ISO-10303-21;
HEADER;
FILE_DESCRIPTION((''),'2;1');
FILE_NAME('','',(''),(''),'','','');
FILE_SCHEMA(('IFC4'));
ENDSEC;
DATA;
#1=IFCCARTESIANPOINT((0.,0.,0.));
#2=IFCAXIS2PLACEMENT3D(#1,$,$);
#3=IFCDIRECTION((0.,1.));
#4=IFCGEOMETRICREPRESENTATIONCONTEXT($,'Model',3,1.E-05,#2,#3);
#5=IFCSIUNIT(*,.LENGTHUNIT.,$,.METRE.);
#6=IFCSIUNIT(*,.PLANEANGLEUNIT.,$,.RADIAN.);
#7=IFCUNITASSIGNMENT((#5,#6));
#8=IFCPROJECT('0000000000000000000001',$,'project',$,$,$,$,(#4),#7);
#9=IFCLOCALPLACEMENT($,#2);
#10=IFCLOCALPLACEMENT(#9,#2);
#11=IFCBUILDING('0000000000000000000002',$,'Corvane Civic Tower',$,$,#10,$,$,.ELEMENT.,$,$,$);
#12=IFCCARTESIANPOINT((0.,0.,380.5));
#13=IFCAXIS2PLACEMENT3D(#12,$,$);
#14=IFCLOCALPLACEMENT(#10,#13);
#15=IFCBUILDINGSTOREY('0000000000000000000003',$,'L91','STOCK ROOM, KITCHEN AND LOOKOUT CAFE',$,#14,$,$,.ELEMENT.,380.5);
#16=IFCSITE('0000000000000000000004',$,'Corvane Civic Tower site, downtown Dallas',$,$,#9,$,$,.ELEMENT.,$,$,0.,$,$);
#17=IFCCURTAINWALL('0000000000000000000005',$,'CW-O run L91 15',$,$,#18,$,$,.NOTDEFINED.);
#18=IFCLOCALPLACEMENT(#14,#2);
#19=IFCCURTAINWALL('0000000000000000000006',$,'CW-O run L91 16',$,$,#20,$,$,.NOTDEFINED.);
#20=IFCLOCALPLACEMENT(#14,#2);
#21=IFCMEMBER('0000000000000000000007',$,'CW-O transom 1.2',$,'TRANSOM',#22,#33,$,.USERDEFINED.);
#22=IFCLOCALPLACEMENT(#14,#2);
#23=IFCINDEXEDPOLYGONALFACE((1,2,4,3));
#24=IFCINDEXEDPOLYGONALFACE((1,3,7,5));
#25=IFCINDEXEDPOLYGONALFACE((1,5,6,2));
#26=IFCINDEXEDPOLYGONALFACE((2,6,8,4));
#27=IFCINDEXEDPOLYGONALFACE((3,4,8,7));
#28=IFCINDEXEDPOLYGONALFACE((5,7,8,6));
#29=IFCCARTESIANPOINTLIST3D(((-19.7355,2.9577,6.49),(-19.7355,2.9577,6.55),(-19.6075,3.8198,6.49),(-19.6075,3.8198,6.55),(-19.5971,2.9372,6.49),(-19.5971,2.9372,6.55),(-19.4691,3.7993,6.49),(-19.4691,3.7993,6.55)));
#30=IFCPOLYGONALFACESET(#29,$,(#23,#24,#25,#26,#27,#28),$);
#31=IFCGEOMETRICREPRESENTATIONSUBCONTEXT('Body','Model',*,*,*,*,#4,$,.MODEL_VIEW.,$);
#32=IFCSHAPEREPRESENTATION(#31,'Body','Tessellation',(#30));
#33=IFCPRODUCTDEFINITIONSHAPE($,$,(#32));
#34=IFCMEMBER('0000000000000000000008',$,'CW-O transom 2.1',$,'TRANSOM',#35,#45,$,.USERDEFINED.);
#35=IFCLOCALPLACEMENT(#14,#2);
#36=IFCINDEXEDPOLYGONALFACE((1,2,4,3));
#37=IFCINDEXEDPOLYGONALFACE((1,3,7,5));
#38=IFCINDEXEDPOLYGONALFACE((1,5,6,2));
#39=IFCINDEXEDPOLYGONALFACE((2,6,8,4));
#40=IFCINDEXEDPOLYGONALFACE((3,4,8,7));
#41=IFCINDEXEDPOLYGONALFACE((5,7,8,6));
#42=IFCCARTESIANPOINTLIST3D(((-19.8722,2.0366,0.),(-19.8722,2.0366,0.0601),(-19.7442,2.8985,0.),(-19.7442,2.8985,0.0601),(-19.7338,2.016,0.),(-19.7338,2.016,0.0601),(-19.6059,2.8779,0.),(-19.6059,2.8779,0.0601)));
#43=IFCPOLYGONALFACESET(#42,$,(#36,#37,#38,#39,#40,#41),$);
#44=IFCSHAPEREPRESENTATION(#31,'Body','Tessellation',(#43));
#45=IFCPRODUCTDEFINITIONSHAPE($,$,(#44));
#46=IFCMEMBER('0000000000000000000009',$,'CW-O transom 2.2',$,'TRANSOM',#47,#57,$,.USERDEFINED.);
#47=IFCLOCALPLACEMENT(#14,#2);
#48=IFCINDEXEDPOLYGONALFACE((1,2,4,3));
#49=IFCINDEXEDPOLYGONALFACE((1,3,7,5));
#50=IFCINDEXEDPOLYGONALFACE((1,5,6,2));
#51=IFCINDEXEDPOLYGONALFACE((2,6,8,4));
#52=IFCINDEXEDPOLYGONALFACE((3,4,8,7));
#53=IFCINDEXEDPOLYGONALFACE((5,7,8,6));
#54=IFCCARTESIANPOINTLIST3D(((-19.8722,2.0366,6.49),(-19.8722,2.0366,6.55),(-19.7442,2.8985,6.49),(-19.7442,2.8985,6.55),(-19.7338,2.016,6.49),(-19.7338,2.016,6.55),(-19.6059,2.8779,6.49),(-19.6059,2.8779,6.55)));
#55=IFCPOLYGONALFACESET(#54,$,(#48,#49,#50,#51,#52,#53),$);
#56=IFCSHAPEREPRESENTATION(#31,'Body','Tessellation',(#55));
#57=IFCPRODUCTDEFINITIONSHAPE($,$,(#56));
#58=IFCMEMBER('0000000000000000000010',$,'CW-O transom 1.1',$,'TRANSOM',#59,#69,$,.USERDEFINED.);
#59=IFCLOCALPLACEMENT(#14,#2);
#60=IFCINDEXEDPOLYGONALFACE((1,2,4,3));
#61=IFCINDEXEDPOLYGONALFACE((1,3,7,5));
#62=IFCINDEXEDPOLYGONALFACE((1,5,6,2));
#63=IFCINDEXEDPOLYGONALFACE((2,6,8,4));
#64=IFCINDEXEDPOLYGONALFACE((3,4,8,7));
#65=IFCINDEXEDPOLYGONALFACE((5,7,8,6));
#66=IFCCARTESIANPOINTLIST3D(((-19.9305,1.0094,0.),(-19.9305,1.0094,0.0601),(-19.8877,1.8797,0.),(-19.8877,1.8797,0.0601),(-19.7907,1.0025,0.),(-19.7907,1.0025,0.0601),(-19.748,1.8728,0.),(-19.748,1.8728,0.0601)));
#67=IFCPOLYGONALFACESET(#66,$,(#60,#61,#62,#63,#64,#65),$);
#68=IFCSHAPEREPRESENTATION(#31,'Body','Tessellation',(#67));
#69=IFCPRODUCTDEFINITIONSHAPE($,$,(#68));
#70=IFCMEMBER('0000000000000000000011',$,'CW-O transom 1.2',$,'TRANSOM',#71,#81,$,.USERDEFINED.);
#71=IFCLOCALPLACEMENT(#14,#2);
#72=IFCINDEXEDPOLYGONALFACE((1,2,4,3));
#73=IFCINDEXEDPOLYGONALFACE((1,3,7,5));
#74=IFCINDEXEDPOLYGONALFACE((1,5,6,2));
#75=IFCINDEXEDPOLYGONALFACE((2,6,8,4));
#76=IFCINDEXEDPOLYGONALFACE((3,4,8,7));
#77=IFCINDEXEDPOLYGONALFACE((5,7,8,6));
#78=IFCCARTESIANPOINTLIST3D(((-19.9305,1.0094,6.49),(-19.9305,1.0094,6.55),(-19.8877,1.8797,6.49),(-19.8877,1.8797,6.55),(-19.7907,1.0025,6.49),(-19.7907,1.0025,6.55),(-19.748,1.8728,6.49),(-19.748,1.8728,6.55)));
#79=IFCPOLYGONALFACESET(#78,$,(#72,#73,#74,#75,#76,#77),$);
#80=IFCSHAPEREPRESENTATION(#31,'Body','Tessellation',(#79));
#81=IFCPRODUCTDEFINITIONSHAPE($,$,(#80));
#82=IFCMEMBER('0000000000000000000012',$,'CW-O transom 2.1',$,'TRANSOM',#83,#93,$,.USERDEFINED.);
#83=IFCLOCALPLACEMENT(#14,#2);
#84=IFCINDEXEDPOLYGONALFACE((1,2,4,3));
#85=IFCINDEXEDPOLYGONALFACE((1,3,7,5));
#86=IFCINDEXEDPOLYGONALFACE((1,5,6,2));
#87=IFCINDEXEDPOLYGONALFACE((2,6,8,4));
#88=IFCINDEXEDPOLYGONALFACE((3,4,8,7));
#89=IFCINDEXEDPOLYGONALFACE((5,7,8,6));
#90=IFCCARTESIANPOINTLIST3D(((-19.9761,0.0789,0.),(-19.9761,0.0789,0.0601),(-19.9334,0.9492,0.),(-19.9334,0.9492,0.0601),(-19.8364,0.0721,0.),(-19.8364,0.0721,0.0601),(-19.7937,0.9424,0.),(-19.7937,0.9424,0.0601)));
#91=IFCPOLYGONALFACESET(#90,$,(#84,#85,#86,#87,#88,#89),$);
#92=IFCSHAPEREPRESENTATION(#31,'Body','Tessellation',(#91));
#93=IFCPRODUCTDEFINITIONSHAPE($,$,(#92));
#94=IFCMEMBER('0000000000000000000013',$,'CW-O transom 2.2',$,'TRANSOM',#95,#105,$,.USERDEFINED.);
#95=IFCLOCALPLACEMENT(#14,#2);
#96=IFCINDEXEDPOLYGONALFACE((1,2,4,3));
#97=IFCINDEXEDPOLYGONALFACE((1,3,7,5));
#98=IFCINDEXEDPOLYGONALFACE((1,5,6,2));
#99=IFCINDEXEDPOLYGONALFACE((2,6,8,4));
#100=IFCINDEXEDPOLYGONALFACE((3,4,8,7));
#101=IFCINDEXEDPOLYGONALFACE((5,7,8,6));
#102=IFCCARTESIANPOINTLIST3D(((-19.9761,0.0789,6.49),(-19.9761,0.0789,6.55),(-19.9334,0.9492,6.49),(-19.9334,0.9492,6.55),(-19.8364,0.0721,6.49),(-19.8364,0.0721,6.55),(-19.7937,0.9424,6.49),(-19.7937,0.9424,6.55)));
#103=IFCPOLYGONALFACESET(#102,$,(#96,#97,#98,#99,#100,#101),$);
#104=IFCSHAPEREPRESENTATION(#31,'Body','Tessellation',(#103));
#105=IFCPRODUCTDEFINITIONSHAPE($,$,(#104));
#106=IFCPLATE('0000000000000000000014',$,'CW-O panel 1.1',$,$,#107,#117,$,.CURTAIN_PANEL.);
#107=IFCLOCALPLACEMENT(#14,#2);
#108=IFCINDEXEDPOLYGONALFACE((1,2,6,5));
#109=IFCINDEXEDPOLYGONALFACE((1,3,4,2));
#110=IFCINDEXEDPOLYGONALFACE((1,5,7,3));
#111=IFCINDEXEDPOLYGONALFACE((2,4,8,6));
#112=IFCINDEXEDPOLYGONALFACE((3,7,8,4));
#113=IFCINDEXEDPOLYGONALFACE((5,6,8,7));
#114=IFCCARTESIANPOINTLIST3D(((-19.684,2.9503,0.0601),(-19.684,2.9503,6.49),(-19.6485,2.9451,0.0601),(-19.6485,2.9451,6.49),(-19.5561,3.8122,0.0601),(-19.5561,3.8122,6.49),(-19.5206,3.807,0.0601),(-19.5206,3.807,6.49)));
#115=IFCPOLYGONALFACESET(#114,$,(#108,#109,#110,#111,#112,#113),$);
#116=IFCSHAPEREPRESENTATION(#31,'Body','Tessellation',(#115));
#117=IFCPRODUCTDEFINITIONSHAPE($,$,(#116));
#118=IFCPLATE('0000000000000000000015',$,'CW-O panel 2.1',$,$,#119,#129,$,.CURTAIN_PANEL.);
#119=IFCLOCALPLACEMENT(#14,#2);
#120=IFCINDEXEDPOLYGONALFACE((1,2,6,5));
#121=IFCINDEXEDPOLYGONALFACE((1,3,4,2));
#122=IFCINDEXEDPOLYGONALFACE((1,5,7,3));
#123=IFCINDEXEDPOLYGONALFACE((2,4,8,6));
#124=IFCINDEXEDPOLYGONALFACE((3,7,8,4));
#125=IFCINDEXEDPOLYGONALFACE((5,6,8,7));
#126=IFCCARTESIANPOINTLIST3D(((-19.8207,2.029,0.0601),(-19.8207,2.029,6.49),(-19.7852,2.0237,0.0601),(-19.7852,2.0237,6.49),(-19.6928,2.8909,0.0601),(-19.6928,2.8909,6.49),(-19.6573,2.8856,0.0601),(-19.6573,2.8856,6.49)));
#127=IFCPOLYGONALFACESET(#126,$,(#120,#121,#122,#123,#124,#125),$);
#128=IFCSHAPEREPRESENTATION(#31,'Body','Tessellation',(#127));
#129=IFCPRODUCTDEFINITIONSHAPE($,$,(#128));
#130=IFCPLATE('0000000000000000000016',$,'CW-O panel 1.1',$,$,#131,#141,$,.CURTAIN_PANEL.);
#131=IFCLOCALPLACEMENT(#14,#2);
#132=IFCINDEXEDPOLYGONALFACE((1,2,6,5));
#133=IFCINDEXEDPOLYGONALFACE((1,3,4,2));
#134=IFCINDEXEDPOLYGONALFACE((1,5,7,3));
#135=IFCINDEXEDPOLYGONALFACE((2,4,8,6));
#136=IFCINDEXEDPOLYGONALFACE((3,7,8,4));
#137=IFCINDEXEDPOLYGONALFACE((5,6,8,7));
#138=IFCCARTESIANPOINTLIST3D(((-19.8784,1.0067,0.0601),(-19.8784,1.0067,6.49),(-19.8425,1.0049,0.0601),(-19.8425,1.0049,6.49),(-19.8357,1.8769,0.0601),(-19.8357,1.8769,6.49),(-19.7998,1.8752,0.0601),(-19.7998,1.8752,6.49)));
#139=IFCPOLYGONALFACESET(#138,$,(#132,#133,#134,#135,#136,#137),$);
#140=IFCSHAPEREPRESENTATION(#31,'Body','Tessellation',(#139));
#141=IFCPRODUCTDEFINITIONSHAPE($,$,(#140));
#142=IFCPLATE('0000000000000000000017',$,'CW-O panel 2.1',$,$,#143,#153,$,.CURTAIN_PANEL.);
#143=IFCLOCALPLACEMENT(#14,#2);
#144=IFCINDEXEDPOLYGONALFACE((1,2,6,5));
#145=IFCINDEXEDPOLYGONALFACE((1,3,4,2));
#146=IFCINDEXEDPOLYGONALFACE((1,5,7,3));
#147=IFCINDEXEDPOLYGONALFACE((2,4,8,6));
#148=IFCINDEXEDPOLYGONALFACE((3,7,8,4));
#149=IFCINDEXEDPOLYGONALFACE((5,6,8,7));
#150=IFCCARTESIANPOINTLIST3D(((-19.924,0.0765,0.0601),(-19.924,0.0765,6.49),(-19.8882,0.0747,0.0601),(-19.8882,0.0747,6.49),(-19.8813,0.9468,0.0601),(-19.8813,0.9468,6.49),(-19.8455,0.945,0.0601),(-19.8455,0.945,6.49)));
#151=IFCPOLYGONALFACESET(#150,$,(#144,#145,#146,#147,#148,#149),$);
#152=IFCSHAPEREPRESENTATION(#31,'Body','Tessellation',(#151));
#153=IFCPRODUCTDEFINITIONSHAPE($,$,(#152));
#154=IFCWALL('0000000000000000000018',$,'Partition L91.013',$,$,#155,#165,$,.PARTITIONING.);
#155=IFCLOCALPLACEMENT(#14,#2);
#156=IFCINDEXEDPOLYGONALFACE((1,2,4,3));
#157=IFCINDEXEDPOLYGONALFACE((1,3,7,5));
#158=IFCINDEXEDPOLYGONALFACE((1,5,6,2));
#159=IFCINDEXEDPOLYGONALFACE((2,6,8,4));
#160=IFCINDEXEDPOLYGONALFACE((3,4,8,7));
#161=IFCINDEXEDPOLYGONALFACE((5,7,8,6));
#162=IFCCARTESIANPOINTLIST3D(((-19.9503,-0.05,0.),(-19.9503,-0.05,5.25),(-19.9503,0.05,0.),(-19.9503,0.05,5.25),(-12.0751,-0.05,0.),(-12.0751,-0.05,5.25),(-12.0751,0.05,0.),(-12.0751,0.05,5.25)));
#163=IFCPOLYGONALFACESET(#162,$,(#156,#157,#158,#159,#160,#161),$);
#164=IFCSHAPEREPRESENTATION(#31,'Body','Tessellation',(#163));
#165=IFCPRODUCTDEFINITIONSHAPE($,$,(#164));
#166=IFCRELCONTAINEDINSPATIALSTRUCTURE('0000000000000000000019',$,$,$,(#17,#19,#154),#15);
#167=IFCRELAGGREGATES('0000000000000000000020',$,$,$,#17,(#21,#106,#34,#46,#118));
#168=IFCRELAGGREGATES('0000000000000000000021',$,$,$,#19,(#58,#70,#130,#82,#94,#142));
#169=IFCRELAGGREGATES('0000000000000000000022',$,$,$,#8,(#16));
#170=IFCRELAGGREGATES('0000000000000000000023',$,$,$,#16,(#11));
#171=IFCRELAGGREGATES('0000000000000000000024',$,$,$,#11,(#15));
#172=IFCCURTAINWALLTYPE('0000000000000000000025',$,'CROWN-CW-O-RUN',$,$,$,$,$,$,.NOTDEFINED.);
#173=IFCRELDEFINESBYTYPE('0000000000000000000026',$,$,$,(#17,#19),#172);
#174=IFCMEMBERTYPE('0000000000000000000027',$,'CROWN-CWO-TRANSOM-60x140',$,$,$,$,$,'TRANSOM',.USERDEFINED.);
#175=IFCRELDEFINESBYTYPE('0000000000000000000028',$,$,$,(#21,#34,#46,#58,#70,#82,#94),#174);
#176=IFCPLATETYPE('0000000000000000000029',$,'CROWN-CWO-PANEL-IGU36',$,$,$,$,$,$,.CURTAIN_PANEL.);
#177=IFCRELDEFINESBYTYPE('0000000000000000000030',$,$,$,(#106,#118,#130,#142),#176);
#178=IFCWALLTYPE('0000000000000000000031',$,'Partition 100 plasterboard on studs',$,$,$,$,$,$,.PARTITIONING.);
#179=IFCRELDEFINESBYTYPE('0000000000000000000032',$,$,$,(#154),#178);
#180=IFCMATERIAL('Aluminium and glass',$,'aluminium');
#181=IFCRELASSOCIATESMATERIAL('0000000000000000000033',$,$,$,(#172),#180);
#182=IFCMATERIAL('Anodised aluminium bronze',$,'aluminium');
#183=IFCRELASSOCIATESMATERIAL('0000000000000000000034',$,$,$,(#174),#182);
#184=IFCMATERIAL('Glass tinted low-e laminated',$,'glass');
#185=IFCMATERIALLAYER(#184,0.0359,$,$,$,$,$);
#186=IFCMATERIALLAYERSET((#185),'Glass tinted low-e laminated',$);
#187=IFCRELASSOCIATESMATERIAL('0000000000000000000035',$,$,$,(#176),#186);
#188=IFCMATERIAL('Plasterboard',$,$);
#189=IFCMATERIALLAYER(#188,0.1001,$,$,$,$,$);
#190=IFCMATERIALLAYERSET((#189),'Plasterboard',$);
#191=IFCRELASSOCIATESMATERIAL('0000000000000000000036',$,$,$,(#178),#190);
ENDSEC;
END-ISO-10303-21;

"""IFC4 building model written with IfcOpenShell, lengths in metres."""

from ifc_helpers import new_model, si_unit, direction, frame, frame_2d, origin, origin_2d, place, context, subcontext, project, spatial, rectangle, extrude, material, layer, layer_set, material_profile, profile_set, type_object, element, aggregate, save


model = new_model("IFC4")

# Units and contexts
model_context = context("Model", 3, precision=1e-05, world=origin(), true_north=direction((0.0, 1.0)))
body_context = subcontext(model_context, "Body", "Model", "MODEL_VIEW")
ifc_project = project(units=[si_unit("LENGTHUNIT", "METRE"), si_unit("PLANEANGLEUNIT", "RADIAN")], contexts=[model_context])

# Site, building, storey
site_placement = place(None, origin())
site = spatial("IfcSite", under=ifc_project, at=site_placement, Name="Corvane Civic Tower site, downtown Dallas", CompositionType="ELEMENT", RefElevation=0.0)
building_placement = place(site_placement, origin())
building = spatial("IfcBuilding", under=site, at=building_placement, Name="Corvane Civic Tower", CompositionType="ELEMENT")
storey_placement = place(building_placement, frame((0.0, 0.0, 380.5)))
storey = spatial("IfcBuildingStorey", under=building, at=storey_placement, Name="L91", Description="STOCK ROOM, KITCHEN AND LOOKOUT CAFE", CompositionType="ELEMENT", Elevation=380.5)

# Shared definitions
ifc_material_1 = material(Name="Aluminium and glass", Category="aluminium")
curtain_wall_type = type_object("IfcCurtainWallType", Name="CROWN-CW-O-RUN", PredefinedType="NOTDEFINED", material=ifc_material_1)

# Curtain walls
curtain_wall_1_placement = place(storey_placement, origin())
curtain_wall_1 = element("IfcCurtainWall", 1, at=curtain_wall_1_placement, inside=storey, type_object=curtain_wall_type, Name="CW-O run L91 15", PredefinedType="NOTDEFINED")
curtain_wall_2_placement = place(storey_placement, origin())
curtain_wall_2 = element("IfcCurtainWall", 2, at=curtain_wall_2_placement, inside=storey, type_object=curtain_wall_type, Name="CW-O run L91 16", PredefinedType="NOTDEFINED")

# Members
ifc_material_2 = material(Name="Anodised aluminium bronze", Category="aluminium")
ifc_material_profile_1 = material_profile(ifc_material_2, rectangle(XDim=0.1399, YDim=0.0601, at=origin_2d()), Name="AL 140x60")
ifc_profile_set_1 = profile_set([ifc_material_profile_1], Name="Anodised aluminium bronze")
member_type_1 = type_object("IfcMemberType", Name="CROWN-CWO-TRANSOM-60x140", ElementType="TRANSOM", PredefinedType="USERDEFINED", material=ifc_profile_set_1)
member_1_placement = place(storey_placement, frame((-19.5383, 3.8096, 6.52), z_axis=(-0.146792, -0.989167, 0.0), x_axis=(0.989167, -0.146792, 0.0)))
member_1 = element("IfcMember", 3, at=member_1_placement, type_object=member_type_1, Name="CW-O transom 1.2", ObjectType="TRANSOM", PredefinedType="USERDEFINED", context=body_context, shape_type="SweptSolid", body=[
    extrude(rectangle(XDim=0.1399, YDim=0.0601, at=origin_2d()), origin(), (0.0, 0.0, 1.0), 0.8716),
])
member_2_placement = place(storey_placement, frame((-19.675, 2.8882, 0.03), z_axis=(-0.146833, -0.989161, 0.0), x_axis=(0.989161, -0.146833, 0.0)))
member_2 = element("IfcMember", 4, at=member_2_placement, type_object=member_type_1, Name="CW-O transom 2.1", ObjectType="TRANSOM", PredefinedType="USERDEFINED", context=body_context, shape_type="SweptSolid", body=[
    extrude(rectangle(XDim=0.1399, YDim=0.0601, at=origin_2d()), origin(), (0.0, 0.0, 1.0), 0.8713),
])
member_3_placement = place(storey_placement, frame((-19.675, 2.8882, 6.52), z_axis=(-0.146833, -0.989161, 0.0), x_axis=(0.989161, -0.146833, 0.0)))
member_3 = element("IfcMember", 5, at=member_3_placement, type_object=member_type_1, Name="CW-O transom 2.2", ObjectType="TRANSOM", PredefinedType="USERDEFINED", context=body_context, shape_type="SweptSolid", body=[
    extrude(rectangle(XDim=0.1399, YDim=0.0601, at=origin_2d()), origin(), (0.0, 0.0, 1.0), 0.8713),
])
member_4_placement = place(storey_placement, frame((-19.8179, 1.8762, 0.03), z_axis=(-0.049029, -0.998797, 0.0), x_axis=(0.998797, -0.049029, 0.0)))
member_4 = element("IfcMember", 6, at=member_4_placement, type_object=member_type_1, Name="CW-O transom 1.1", ObjectType="TRANSOM", PredefinedType="USERDEFINED", context=body_context, shape_type="SweptSolid", body=[
    extrude(rectangle(XDim=0.1399, YDim=0.0601, at=origin_2d()), origin(), (0.0, 0.0, 1.0), 0.8713),
])
member_5_placement = place(storey_placement, frame((-19.8179, 1.8762, 6.52), z_axis=(-0.049029, -0.998797, 0.0), x_axis=(0.998797, -0.049029, 0.0)))
member_5 = element("IfcMember", 7, at=member_5_placement, type_object=member_type_1, Name="CW-O transom 1.2", ObjectType="TRANSOM", PredefinedType="USERDEFINED", context=body_context, shape_type="SweptSolid", body=[
    extrude(rectangle(XDim=0.1399, YDim=0.0601, at=origin_2d()), origin(), (0.0, 0.0, 1.0), 0.8713),
])
member_6_placement = place(storey_placement, frame((-19.8635, 0.9458, 0.03), z_axis=(-0.049029, -0.998797, 0.0), x_axis=(0.998797, -0.049029, 0.0)))
member_6 = element("IfcMember", 8, at=member_6_placement, type_object=member_type_1, Name="CW-O transom 2.1", ObjectType="TRANSOM", PredefinedType="USERDEFINED", context=body_context, shape_type="SweptSolid", body=[
    extrude(rectangle(XDim=0.1399, YDim=0.0601, at=origin_2d()), origin(), (0.0, 0.0, 1.0), 0.8713),
])
member_7_placement = place(storey_placement, frame((-19.8635, 0.9458, 6.52), z_axis=(-0.049029, -0.998797, 0.0), x_axis=(0.998797, -0.049029, 0.0)))
member_7 = element("IfcMember", 9, at=member_7_placement, type_object=member_type_1, Name="CW-O transom 2.2", ObjectType="TRANSOM", PredefinedType="USERDEFINED", context=body_context, shape_type="SweptSolid", body=[
    extrude(rectangle(XDim=0.1399, YDim=0.0601, at=origin_2d()), origin(), (0.0, 0.0, 1.0), 0.8713),
])

# Plates
ifc_material_3 = material(Name="Glass tinted low-e laminated", Category="glass")
ifc_layer_1 = layer(ifc_material_3, 0.0359)
ifc_layer_set_1 = layer_set([ifc_layer_1], Name="Glass tinted low-e laminated")
plate_type = type_object("IfcPlateType", Name="CROWN-CWO-PANEL-IGU36", PredefinedType="CURTAIN_PANEL", material=ifc_layer_set_1)
plate_1_placement = place(storey_placement, frame((-19.6023, 3.3787, 0.0601), z_axis=(0.0, 0.0, 1.0), x_axis=(-0.146771, -0.98917, 0.0)))
plate_1 = element("IfcPlate", 10, at=plate_1_placement, type_object=plate_type, Name="CW-O panel 1.1", PredefinedType="CURTAIN_PANEL", context=body_context, shape_type="SweptSolid", body=[
    extrude(rectangle(XDim=0.8713, YDim=0.0359, at=origin_2d()), origin(), (0.0, 0.0, 1.0), 6.4299),
])
plate_2_placement = place(storey_placement, frame((-19.739, 2.4573, 0.0601), z_axis=(0.0, 0.0, 1.0), x_axis=(-0.146771, -0.98917, 0.0)))
plate_2 = element("IfcPlate", 11, at=plate_2_placement, type_object=plate_type, Name="CW-O panel 2.1", PredefinedType="CURTAIN_PANEL", context=body_context, shape_type="SweptSolid", body=[
    extrude(rectangle(XDim=0.8713, YDim=0.0359, at=origin_2d()), origin(), (0.0, 0.0, 1.0), 6.4299),
])
aggregate(curtain_wall_1, [member_1, plate_1, member_2, member_3, plate_2])
plate_3_placement = place(storey_placement, frame((-19.8391, 1.4409, 0.0601), z_axis=(0.0, 0.0, 1.0), x_axis=(-0.048991, -0.998799, 0.0)))
plate_3 = element("IfcPlate", 12, at=plate_3_placement, type_object=plate_type, Name="CW-O panel 1.1", PredefinedType="CURTAIN_PANEL", context=body_context, shape_type="SweptSolid", body=[
    extrude(rectangle(XDim=0.8713, YDim=0.0359, at=origin_2d()), origin(), (0.0, 0.0, 1.0), 6.4299),
])
plate_4_placement = place(storey_placement, frame((-19.8848, 0.5107, 0.0601), z_axis=(0.0, 0.0, 1.0), x_axis=(-0.048991, -0.998799, 0.0)))
plate_4 = element("IfcPlate", 13, at=plate_4_placement, type_object=plate_type, Name="CW-O panel 2.1", PredefinedType="CURTAIN_PANEL", context=body_context, shape_type="SweptSolid", body=[
    extrude(rectangle(XDim=0.8713, YDim=0.0359, at=origin_2d()), origin(), (0.0, 0.0, 1.0), 6.4299),
])
aggregate(curtain_wall_2, [member_4, member_5, plate_3, member_6, member_7, plate_4])

# Wall
ifc_material_4 = material(Name="Plasterboard")
ifc_layer_2 = layer(ifc_material_4, 0.1001)
ifc_layer_set_2 = layer_set([ifc_layer_2], Name="Plasterboard")
wall_type = type_object("IfcWallType", Name="Partition 100 plasterboard on studs", PredefinedType="PARTITIONING", material=ifc_layer_set_2)
wall_placement = place(storey_placement, frame((-19.9502, 0.0, 0.0), z_axis=(0.0, 0.0, 1.0), x_axis=(1.0, 0.0, 0.0)))
element("IfcWall", 14, at=wall_placement, inside=storey, type_object=wall_type, Name="Partition L91.013", PredefinedType="PARTITIONING", context=body_context, shape_type="SweptSolid", body=[
    extrude(rectangle(XDim=7.8752, YDim=0.1001, at=frame_2d((3.9375, 0.0))), origin(), (0.0, 0.0, 1.0), 5.25),
])

save(model, "model.ifc")
